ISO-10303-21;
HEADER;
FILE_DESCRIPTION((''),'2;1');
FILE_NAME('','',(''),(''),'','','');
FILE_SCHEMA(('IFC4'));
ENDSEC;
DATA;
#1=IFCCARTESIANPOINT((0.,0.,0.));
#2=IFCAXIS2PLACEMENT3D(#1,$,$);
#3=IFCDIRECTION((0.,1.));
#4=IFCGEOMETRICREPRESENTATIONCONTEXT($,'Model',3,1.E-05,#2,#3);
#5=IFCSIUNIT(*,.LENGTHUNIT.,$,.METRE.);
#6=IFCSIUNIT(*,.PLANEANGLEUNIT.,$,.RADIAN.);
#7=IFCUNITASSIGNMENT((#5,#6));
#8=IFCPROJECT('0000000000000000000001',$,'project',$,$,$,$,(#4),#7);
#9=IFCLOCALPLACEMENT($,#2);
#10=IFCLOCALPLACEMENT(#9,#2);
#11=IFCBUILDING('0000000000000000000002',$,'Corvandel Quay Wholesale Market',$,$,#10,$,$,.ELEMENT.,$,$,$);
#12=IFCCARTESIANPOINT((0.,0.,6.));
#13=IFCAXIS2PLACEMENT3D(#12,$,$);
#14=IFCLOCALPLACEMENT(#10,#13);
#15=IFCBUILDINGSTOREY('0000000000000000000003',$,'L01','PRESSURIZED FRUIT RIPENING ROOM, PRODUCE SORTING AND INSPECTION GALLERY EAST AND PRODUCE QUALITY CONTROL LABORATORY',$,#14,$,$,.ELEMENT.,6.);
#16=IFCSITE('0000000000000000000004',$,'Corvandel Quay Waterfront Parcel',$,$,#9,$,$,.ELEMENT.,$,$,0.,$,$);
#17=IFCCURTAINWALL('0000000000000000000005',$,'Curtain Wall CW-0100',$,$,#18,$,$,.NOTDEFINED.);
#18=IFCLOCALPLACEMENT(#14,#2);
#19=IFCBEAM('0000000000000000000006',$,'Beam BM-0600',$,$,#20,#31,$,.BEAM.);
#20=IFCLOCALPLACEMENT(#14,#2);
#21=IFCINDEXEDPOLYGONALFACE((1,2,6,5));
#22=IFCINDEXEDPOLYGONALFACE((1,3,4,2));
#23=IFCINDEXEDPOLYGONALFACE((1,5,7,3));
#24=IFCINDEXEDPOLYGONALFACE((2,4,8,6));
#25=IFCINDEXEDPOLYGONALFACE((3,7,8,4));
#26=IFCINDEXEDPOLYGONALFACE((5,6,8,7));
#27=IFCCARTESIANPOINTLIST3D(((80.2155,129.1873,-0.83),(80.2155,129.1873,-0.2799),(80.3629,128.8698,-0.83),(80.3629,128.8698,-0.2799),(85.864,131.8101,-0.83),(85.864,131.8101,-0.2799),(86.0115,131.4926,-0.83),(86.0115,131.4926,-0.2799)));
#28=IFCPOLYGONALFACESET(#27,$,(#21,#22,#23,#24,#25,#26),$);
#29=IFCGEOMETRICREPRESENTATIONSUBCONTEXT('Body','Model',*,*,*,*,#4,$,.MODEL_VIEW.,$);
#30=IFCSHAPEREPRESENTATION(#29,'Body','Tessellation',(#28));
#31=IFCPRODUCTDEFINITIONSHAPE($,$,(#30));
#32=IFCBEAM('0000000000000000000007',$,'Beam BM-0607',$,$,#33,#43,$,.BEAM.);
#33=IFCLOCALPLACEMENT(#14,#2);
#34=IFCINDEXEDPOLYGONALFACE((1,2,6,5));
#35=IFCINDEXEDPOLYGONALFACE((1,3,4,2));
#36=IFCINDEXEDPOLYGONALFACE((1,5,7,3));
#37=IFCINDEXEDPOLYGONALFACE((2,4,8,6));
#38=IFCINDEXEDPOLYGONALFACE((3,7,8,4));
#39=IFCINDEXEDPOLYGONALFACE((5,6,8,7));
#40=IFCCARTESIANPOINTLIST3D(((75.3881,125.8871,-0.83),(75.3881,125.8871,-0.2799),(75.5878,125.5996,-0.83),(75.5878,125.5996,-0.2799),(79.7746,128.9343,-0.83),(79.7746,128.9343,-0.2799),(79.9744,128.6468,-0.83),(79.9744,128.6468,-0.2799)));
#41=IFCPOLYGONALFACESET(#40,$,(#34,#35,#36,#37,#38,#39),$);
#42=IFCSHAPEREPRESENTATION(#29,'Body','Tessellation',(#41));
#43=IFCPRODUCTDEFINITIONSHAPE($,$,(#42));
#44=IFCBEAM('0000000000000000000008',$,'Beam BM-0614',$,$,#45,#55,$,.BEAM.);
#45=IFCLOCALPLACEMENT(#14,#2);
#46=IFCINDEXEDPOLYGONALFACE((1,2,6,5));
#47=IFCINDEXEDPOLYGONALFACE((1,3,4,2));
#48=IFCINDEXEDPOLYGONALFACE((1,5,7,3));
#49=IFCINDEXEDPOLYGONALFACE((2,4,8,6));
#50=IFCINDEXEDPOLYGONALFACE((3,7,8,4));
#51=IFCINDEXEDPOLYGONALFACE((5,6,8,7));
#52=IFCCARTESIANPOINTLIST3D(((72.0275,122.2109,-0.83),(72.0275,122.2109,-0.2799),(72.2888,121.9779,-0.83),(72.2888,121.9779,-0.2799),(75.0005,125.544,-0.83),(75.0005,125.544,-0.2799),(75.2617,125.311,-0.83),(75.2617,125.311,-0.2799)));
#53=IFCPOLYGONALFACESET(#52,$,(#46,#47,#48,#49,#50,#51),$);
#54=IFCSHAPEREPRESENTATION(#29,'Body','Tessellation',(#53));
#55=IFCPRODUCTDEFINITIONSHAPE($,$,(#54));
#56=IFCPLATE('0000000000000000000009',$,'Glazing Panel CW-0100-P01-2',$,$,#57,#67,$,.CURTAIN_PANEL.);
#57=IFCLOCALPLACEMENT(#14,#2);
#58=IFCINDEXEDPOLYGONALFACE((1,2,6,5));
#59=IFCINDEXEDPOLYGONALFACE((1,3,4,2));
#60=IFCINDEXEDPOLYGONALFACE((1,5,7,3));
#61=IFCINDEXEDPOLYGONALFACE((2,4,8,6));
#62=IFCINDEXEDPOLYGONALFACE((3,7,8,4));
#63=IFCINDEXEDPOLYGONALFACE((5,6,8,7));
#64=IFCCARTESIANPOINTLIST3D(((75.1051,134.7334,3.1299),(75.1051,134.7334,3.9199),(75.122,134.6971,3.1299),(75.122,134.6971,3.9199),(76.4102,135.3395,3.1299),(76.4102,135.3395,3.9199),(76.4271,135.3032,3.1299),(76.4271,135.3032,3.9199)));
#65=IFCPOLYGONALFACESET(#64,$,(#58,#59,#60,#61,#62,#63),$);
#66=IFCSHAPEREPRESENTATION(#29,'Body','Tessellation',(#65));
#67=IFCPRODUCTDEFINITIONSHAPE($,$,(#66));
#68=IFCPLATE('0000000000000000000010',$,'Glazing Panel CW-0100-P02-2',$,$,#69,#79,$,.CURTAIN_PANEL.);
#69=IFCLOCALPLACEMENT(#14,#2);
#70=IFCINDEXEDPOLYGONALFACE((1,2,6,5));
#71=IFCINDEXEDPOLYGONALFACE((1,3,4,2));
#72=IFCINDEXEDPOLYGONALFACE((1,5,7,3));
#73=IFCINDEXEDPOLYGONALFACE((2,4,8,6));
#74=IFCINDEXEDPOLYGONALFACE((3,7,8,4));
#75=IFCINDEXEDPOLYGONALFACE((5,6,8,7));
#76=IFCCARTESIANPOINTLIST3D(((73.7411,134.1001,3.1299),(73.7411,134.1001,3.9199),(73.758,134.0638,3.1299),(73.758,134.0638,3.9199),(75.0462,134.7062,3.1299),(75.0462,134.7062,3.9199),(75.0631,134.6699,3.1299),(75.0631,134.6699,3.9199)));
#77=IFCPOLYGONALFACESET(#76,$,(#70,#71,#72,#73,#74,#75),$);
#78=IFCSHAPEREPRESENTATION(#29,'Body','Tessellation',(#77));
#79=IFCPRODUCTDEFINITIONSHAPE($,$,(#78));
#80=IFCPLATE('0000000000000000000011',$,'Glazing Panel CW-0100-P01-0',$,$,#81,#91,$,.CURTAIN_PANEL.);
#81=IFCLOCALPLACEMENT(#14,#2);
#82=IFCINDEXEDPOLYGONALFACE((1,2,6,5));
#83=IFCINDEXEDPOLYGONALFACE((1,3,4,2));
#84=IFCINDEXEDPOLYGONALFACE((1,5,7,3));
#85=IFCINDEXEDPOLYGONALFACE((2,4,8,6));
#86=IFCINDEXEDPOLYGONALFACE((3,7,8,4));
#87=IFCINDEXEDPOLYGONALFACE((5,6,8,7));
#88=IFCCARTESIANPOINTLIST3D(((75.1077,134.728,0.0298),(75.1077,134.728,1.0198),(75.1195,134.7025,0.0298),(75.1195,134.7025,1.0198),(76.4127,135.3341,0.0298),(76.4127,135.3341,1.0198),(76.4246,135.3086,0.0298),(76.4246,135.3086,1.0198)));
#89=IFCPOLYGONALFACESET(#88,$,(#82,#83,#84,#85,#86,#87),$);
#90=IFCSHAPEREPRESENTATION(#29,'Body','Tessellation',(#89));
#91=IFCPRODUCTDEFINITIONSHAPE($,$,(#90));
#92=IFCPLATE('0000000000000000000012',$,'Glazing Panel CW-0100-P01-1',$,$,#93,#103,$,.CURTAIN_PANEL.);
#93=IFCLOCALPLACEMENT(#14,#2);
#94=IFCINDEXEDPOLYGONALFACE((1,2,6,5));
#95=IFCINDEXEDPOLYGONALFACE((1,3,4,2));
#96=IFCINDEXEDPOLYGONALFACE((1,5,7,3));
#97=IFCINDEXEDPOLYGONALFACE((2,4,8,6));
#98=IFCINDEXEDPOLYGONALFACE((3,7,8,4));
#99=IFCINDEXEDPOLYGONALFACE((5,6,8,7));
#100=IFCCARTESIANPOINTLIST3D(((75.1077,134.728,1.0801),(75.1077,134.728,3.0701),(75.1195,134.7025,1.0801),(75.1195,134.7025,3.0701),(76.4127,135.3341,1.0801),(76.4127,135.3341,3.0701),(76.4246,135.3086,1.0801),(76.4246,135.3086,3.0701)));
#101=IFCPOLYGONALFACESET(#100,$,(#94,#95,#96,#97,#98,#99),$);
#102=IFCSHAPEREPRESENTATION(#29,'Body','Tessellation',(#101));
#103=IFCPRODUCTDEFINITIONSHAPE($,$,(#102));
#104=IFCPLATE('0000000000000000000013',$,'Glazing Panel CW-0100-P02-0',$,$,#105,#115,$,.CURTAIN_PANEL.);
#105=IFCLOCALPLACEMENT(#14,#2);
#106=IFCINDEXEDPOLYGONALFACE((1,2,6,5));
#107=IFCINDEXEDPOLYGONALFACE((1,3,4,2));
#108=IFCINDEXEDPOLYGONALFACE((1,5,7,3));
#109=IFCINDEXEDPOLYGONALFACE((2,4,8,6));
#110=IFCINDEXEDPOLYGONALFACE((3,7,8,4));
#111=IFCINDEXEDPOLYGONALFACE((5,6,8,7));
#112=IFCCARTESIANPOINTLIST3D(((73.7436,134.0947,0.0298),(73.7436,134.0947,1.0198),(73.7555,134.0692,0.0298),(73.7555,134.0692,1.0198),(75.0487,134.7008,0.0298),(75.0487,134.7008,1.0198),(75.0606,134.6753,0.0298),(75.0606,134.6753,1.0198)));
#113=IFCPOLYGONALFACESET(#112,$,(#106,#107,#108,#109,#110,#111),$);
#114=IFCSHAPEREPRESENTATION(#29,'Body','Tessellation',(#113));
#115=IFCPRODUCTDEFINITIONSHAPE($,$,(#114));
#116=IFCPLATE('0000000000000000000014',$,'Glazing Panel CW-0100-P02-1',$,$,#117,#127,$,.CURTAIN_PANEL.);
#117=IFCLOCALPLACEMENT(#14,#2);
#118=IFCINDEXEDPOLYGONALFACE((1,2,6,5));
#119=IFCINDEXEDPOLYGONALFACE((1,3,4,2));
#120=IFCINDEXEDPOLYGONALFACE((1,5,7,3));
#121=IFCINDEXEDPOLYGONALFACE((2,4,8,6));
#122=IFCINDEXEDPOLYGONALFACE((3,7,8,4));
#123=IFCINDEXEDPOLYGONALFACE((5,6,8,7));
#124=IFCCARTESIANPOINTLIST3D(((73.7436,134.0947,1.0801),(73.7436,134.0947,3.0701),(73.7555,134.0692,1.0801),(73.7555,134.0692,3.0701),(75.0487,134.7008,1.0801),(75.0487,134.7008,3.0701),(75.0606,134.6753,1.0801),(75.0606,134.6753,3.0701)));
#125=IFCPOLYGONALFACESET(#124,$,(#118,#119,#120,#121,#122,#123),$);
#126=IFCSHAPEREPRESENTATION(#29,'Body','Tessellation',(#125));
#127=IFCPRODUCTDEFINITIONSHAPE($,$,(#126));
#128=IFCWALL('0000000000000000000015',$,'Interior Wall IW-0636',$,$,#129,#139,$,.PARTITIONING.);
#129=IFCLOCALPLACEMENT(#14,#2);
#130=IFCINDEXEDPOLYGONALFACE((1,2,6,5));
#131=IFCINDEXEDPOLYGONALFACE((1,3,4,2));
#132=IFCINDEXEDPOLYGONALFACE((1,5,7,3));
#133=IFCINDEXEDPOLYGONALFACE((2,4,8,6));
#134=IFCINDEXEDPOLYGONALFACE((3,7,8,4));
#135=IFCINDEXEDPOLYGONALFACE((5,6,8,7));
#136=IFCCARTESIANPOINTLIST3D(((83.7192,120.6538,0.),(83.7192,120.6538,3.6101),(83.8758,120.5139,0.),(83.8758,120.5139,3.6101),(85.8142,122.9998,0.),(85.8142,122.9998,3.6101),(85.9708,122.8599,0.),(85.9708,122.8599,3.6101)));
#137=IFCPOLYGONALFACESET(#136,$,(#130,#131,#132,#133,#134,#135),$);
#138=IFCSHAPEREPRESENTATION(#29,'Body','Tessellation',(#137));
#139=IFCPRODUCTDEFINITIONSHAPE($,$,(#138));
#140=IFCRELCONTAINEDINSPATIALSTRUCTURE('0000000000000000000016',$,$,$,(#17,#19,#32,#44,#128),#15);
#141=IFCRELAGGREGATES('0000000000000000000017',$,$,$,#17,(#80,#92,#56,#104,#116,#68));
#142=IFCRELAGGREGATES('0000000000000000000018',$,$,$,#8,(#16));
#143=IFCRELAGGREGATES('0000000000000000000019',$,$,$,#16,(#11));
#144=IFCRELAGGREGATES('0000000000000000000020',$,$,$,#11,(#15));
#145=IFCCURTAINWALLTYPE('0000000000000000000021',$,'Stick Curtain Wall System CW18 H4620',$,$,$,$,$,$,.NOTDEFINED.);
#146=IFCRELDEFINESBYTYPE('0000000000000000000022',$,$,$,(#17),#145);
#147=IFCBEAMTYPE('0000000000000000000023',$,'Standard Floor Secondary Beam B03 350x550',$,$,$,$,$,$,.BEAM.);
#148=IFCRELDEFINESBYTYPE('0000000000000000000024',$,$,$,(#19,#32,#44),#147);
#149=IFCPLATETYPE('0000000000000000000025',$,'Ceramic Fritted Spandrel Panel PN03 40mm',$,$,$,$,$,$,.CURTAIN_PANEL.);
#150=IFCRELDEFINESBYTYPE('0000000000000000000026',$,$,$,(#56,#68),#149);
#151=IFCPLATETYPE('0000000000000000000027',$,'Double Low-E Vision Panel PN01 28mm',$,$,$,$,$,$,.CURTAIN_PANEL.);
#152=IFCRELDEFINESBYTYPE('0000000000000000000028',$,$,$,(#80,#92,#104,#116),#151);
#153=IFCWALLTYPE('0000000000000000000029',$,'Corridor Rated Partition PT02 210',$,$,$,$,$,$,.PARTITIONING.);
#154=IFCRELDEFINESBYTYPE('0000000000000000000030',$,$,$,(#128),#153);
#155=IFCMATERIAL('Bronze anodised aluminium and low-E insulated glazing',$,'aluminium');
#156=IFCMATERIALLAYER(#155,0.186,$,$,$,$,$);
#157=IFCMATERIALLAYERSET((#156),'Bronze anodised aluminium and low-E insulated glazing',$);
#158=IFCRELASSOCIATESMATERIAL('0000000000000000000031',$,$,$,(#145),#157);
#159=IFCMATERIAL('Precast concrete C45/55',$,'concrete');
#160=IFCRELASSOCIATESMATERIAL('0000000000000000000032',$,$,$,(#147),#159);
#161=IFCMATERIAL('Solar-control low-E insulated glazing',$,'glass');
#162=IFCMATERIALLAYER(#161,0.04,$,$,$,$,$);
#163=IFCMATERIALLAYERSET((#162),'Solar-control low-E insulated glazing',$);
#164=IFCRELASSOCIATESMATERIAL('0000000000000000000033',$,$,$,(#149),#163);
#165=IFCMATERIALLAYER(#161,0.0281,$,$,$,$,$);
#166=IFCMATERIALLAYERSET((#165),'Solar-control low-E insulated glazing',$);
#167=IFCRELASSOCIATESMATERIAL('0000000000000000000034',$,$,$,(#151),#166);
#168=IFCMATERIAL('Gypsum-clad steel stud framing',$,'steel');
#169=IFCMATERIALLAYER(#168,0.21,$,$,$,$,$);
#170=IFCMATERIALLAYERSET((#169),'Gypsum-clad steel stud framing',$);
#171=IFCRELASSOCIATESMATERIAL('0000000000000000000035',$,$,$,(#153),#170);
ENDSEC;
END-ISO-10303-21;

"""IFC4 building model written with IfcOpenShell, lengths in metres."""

from ifc_helpers import new_model, si_unit, direction, frame, frame_2d, origin, origin_2d, place, context, subcontext, project, spatial, rectangle, extrude, material, layer, layer_set, material_profile, profile_set, type_object, element, aggregate, save


model = new_model("IFC4")

# Units and contexts
model_context = context("Model", 3, precision=1e-05, world=origin(), true_north=direction((0.0, 1.0)))
body_context = subcontext(model_context, "Body", "Model", "MODEL_VIEW")
ifc_project = project(units=[si_unit("LENGTHUNIT", "METRE"), si_unit("PLANEANGLEUNIT", "RADIAN")], contexts=[model_context])

# Site, building, storey
site_placement = place(None, origin())
site = spatial("IfcSite", under=ifc_project, at=site_placement, Name="Corvandel Quay Waterfront Parcel", CompositionType="ELEMENT", RefElevation=0.0)
building_placement = place(site_placement, origin())
building = spatial("IfcBuilding", under=site, at=building_placement, Name="Corvandel Quay Wholesale Market", CompositionType="ELEMENT")
storey_placement = place(building_placement, frame((0.0, 0.0, 6.0)))
storey = spatial("IfcBuildingStorey", under=building, at=storey_placement, Name="L01", Description="PRESSURIZED FRUIT RIPENING ROOM, PRODUCE SORTING AND INSPECTION GALLERY EAST AND PRODUCE QUALITY CONTROL LABORATORY", CompositionType="ELEMENT", Elevation=6.0)

# Shared definitions
ifc_material_1 = material(Name="Precast concrete C45/55", Category="concrete")

# Curtain wall
ifc_material_2 = material(Name="Bronze anodised aluminium and low-E insulated glazing", Category="aluminium")
ifc_layer_1 = layer(ifc_material_2, 0.186)
ifc_layer_set_1 = layer_set([ifc_layer_1], Name="Bronze anodised aluminium and low-E insulated glazing")
curtain_wall_type = type_object("IfcCurtainWallType", Name="Stick Curtain Wall System CW18 H4620", PredefinedType="NOTDEFINED", material=ifc_layer_set_1)
curtain_wall_placement = place(storey_placement, origin())
curtain_wall = element("IfcCurtainWall", 1, at=curtain_wall_placement, inside=storey, type_object=curtain_wall_type, Name="Curtain Wall CW-0100", PredefinedType="NOTDEFINED")

# Beams
ifc_material_profile_1 = material_profile(ifc_material_1, rectangle(XDim=0.3501, YDim=0.55, at=origin_2d()), Name="PC-BM-350x550")
ifc_profile_set_1 = profile_set([ifc_material_profile_1], Name="Precast concrete C45/55")
beam_type = type_object("IfcBeamType", Name="Standard Floor Secondary Beam B03 350x550", PredefinedType="BEAM", material=ifc_profile_set_1)
beam_1_placement = place(storey_placement, frame((85.9377, 131.6514, -0.5549), z_axis=(-0.90699, -0.421153, 0.0), x_axis=(0.421153, -0.90699, 0.0)))
element("IfcBeam", 2, at=beam_1_placement, inside=storey, type_object=beam_type, Name="Beam BM-0600", PredefinedType="BEAM", context=body_context, shape_type="SweptSolid", body=[
    extrude(rectangle(XDim=0.3501, YDim=0.55, at=origin_2d()), origin(), (0.0, 0.0, 1.0), 6.2278),
])
beam_2_placement = place(storey_placement, frame((79.8745, 128.7905, -0.5549), z_axis=(-0.821286, -0.570517, 0.0), x_axis=(0.570517, -0.821286, 0.0)))
element("IfcBeam", 3, at=beam_2_placement, inside=storey, type_object=beam_type, Name="Beam BM-0607", PredefinedType="BEAM", context=body_context, shape_type="SweptSolid", body=[
    extrude(rectangle(XDim=0.3501, YDim=0.55, at=origin_2d()), origin(), (0.0, 0.0, 1.0), 5.3411),
])
beam_3_placement = place(storey_placement, frame((75.1311, 125.4275, -0.5549), z_axis=(-0.665642, -0.746271, 0.0), x_axis=(0.746271, -0.665642, 0.0)))
element("IfcBeam", 4, at=beam_3_placement, inside=storey, type_object=beam_type, Name="Beam BM-0614", PredefinedType="BEAM", context=body_context, shape_type="SweptSolid", body=[
    extrude(rectangle(XDim=0.3501, YDim=0.55, at=origin_2d()), origin(), (0.0, 0.0, 1.0), 4.4663),
])

# Plates
ifc_material_3 = material(Name="Solar-control low-E insulated glazing", Category="glass")
ifc_layer_2 = layer(ifc_material_3, 0.04)
ifc_layer_set_2 = layer_set([ifc_layer_2], Name="Solar-control low-E insulated glazing")
plate_type_1 = type_object("IfcPlateType", Name="Ceramic Fritted Spandrel Panel PN03 40mm", PredefinedType="CURTAIN_PANEL", material=ifc_layer_set_2)
plate_1_placement = place(storey_placement, frame((75.7661, 135.0183, 3.1299), z_axis=(0.0, 0.0, 1.0), x_axis=(0.906971, 0.421194, 0.0)))
plate_1 = element("IfcPlate", 5, at=plate_1_placement, type_object=plate_type_1, Name="Glazing Panel CW-0100-P01-2", PredefinedType="CURTAIN_PANEL", context=body_context, shape_type="SweptSolid", body=[
    extrude(rectangle(XDim=1.439, YDim=0.04, at=origin_2d()), origin(), (0.0, 0.0, 1.0), 0.79),
])
plate_2_placement = place(storey_placement, frame((74.4021, 134.385, 3.1299), z_axis=(0.0, 0.0, 1.0), x_axis=(0.906971, 0.421194, 0.0)))
plate_2 = element("IfcPlate", 6, at=plate_2_placement, type_object=plate_type_1, Name="Glazing Panel CW-0100-P02-2", PredefinedType="CURTAIN_PANEL", context=body_context, shape_type="SweptSolid", body=[
    extrude(rectangle(XDim=1.439, YDim=0.04, at=origin_2d()), origin(), (0.0, 0.0, 1.0), 0.79),
])
ifc_layer_3 = layer(ifc_material_3, 0.0281)
ifc_layer_set_3 = layer_set([ifc_layer_3], Name="Solar-control low-E insulated glazing")
plate_type_2 = type_object("IfcPlateType", Name="Double Low-E Vision Panel PN01 28mm", PredefinedType="CURTAIN_PANEL", material=ifc_layer_set_3)
plate_3_placement = place(storey_placement, frame((75.7661, 135.0183, 0.0298), z_axis=(0.0, 0.0, 1.0), x_axis=(0.906971, 0.421194, 0.0)))
plate_3 = element("IfcPlate", 7, at=plate_3_placement, type_object=plate_type_2, Name="Glazing Panel CW-0100-P01-0", PredefinedType="CURTAIN_PANEL", context=body_context, shape_type="SweptSolid", body=[
    extrude(rectangle(XDim=1.439, YDim=0.0281, at=origin_2d()), origin(), (0.0, 0.0, 1.0), 0.99),
])
plate_4_placement = place(storey_placement, frame((75.7661, 135.0183, 1.0801), z_axis=(0.0, 0.0, 1.0), x_axis=(0.906971, 0.421194, 0.0)))
plate_4 = element("IfcPlate", 8, at=plate_4_placement, type_object=plate_type_2, Name="Glazing Panel CW-0100-P01-1", PredefinedType="CURTAIN_PANEL", context=body_context, shape_type="SweptSolid", body=[
    extrude(rectangle(XDim=1.439, YDim=0.0281, at=origin_2d()), origin(), (0.0, 0.0, 1.0), 1.99),
])
plate_5_placement = place(storey_placement, frame((74.4021, 134.385, 0.0298), z_axis=(0.0, 0.0, 1.0), x_axis=(0.906971, 0.421194, 0.0)))
plate_5 = element("IfcPlate", 9, at=plate_5_placement, type_object=plate_type_2, Name="Glazing Panel CW-0100-P02-0", PredefinedType="CURTAIN_PANEL", context=body_context, shape_type="SweptSolid", body=[
    extrude(rectangle(XDim=1.439, YDim=0.0281, at=origin_2d()), origin(), (0.0, 0.0, 1.0), 0.99),
])
plate_6_placement = place(storey_placement, frame((74.4021, 134.385, 1.0801), z_axis=(0.0, 0.0, 1.0), x_axis=(0.906971, 0.421194, 0.0)))
plate_6 = element("IfcPlate", 10, at=plate_6_placement, type_object=plate_type_2, Name="Glazing Panel CW-0100-P02-1", PredefinedType="CURTAIN_PANEL", context=body_context, shape_type="SweptSolid", body=[
    extrude(rectangle(XDim=1.439, YDim=0.0281, at=origin_2d()), origin(), (0.0, 0.0, 1.0), 1.99),
])
aggregate(curtain_wall, [plate_3, plate_4, plate_1, plate_5, plate_6, plate_2])

# Wall
ifc_material_4 = material(Name="Gypsum-clad steel stud framing", Category="steel")
ifc_layer_4 = layer(ifc_material_4, 0.21)
ifc_layer_set_4 = layer_set([ifc_layer_4], Name="Gypsum-clad steel stud framing")
wall_type = type_object("IfcWallType", Name="Corridor Rated Partition PT02 210", PredefinedType="PARTITIONING", material=ifc_layer_set_4)
wall_placement = place(storey_placement, frame((85.8926, 122.9299, 0.0), z_axis=(0.0, 0.0, 1.0), x_axis=(-0.666082, -0.745878, 0.0)))
element("IfcWall", 11, at=wall_placement, inside=storey, type_object=wall_type, Name="Interior Wall IW-0636", PredefinedType="PARTITIONING", context=body_context, shape_type="SweptSolid", body=[
    extrude(rectangle(XDim=3.1453, YDim=0.21, at=frame_2d((1.5728, 0.0))), origin(), (0.0, 0.0, 1.0), 3.6101),
])

save(model, "model.ifc")
